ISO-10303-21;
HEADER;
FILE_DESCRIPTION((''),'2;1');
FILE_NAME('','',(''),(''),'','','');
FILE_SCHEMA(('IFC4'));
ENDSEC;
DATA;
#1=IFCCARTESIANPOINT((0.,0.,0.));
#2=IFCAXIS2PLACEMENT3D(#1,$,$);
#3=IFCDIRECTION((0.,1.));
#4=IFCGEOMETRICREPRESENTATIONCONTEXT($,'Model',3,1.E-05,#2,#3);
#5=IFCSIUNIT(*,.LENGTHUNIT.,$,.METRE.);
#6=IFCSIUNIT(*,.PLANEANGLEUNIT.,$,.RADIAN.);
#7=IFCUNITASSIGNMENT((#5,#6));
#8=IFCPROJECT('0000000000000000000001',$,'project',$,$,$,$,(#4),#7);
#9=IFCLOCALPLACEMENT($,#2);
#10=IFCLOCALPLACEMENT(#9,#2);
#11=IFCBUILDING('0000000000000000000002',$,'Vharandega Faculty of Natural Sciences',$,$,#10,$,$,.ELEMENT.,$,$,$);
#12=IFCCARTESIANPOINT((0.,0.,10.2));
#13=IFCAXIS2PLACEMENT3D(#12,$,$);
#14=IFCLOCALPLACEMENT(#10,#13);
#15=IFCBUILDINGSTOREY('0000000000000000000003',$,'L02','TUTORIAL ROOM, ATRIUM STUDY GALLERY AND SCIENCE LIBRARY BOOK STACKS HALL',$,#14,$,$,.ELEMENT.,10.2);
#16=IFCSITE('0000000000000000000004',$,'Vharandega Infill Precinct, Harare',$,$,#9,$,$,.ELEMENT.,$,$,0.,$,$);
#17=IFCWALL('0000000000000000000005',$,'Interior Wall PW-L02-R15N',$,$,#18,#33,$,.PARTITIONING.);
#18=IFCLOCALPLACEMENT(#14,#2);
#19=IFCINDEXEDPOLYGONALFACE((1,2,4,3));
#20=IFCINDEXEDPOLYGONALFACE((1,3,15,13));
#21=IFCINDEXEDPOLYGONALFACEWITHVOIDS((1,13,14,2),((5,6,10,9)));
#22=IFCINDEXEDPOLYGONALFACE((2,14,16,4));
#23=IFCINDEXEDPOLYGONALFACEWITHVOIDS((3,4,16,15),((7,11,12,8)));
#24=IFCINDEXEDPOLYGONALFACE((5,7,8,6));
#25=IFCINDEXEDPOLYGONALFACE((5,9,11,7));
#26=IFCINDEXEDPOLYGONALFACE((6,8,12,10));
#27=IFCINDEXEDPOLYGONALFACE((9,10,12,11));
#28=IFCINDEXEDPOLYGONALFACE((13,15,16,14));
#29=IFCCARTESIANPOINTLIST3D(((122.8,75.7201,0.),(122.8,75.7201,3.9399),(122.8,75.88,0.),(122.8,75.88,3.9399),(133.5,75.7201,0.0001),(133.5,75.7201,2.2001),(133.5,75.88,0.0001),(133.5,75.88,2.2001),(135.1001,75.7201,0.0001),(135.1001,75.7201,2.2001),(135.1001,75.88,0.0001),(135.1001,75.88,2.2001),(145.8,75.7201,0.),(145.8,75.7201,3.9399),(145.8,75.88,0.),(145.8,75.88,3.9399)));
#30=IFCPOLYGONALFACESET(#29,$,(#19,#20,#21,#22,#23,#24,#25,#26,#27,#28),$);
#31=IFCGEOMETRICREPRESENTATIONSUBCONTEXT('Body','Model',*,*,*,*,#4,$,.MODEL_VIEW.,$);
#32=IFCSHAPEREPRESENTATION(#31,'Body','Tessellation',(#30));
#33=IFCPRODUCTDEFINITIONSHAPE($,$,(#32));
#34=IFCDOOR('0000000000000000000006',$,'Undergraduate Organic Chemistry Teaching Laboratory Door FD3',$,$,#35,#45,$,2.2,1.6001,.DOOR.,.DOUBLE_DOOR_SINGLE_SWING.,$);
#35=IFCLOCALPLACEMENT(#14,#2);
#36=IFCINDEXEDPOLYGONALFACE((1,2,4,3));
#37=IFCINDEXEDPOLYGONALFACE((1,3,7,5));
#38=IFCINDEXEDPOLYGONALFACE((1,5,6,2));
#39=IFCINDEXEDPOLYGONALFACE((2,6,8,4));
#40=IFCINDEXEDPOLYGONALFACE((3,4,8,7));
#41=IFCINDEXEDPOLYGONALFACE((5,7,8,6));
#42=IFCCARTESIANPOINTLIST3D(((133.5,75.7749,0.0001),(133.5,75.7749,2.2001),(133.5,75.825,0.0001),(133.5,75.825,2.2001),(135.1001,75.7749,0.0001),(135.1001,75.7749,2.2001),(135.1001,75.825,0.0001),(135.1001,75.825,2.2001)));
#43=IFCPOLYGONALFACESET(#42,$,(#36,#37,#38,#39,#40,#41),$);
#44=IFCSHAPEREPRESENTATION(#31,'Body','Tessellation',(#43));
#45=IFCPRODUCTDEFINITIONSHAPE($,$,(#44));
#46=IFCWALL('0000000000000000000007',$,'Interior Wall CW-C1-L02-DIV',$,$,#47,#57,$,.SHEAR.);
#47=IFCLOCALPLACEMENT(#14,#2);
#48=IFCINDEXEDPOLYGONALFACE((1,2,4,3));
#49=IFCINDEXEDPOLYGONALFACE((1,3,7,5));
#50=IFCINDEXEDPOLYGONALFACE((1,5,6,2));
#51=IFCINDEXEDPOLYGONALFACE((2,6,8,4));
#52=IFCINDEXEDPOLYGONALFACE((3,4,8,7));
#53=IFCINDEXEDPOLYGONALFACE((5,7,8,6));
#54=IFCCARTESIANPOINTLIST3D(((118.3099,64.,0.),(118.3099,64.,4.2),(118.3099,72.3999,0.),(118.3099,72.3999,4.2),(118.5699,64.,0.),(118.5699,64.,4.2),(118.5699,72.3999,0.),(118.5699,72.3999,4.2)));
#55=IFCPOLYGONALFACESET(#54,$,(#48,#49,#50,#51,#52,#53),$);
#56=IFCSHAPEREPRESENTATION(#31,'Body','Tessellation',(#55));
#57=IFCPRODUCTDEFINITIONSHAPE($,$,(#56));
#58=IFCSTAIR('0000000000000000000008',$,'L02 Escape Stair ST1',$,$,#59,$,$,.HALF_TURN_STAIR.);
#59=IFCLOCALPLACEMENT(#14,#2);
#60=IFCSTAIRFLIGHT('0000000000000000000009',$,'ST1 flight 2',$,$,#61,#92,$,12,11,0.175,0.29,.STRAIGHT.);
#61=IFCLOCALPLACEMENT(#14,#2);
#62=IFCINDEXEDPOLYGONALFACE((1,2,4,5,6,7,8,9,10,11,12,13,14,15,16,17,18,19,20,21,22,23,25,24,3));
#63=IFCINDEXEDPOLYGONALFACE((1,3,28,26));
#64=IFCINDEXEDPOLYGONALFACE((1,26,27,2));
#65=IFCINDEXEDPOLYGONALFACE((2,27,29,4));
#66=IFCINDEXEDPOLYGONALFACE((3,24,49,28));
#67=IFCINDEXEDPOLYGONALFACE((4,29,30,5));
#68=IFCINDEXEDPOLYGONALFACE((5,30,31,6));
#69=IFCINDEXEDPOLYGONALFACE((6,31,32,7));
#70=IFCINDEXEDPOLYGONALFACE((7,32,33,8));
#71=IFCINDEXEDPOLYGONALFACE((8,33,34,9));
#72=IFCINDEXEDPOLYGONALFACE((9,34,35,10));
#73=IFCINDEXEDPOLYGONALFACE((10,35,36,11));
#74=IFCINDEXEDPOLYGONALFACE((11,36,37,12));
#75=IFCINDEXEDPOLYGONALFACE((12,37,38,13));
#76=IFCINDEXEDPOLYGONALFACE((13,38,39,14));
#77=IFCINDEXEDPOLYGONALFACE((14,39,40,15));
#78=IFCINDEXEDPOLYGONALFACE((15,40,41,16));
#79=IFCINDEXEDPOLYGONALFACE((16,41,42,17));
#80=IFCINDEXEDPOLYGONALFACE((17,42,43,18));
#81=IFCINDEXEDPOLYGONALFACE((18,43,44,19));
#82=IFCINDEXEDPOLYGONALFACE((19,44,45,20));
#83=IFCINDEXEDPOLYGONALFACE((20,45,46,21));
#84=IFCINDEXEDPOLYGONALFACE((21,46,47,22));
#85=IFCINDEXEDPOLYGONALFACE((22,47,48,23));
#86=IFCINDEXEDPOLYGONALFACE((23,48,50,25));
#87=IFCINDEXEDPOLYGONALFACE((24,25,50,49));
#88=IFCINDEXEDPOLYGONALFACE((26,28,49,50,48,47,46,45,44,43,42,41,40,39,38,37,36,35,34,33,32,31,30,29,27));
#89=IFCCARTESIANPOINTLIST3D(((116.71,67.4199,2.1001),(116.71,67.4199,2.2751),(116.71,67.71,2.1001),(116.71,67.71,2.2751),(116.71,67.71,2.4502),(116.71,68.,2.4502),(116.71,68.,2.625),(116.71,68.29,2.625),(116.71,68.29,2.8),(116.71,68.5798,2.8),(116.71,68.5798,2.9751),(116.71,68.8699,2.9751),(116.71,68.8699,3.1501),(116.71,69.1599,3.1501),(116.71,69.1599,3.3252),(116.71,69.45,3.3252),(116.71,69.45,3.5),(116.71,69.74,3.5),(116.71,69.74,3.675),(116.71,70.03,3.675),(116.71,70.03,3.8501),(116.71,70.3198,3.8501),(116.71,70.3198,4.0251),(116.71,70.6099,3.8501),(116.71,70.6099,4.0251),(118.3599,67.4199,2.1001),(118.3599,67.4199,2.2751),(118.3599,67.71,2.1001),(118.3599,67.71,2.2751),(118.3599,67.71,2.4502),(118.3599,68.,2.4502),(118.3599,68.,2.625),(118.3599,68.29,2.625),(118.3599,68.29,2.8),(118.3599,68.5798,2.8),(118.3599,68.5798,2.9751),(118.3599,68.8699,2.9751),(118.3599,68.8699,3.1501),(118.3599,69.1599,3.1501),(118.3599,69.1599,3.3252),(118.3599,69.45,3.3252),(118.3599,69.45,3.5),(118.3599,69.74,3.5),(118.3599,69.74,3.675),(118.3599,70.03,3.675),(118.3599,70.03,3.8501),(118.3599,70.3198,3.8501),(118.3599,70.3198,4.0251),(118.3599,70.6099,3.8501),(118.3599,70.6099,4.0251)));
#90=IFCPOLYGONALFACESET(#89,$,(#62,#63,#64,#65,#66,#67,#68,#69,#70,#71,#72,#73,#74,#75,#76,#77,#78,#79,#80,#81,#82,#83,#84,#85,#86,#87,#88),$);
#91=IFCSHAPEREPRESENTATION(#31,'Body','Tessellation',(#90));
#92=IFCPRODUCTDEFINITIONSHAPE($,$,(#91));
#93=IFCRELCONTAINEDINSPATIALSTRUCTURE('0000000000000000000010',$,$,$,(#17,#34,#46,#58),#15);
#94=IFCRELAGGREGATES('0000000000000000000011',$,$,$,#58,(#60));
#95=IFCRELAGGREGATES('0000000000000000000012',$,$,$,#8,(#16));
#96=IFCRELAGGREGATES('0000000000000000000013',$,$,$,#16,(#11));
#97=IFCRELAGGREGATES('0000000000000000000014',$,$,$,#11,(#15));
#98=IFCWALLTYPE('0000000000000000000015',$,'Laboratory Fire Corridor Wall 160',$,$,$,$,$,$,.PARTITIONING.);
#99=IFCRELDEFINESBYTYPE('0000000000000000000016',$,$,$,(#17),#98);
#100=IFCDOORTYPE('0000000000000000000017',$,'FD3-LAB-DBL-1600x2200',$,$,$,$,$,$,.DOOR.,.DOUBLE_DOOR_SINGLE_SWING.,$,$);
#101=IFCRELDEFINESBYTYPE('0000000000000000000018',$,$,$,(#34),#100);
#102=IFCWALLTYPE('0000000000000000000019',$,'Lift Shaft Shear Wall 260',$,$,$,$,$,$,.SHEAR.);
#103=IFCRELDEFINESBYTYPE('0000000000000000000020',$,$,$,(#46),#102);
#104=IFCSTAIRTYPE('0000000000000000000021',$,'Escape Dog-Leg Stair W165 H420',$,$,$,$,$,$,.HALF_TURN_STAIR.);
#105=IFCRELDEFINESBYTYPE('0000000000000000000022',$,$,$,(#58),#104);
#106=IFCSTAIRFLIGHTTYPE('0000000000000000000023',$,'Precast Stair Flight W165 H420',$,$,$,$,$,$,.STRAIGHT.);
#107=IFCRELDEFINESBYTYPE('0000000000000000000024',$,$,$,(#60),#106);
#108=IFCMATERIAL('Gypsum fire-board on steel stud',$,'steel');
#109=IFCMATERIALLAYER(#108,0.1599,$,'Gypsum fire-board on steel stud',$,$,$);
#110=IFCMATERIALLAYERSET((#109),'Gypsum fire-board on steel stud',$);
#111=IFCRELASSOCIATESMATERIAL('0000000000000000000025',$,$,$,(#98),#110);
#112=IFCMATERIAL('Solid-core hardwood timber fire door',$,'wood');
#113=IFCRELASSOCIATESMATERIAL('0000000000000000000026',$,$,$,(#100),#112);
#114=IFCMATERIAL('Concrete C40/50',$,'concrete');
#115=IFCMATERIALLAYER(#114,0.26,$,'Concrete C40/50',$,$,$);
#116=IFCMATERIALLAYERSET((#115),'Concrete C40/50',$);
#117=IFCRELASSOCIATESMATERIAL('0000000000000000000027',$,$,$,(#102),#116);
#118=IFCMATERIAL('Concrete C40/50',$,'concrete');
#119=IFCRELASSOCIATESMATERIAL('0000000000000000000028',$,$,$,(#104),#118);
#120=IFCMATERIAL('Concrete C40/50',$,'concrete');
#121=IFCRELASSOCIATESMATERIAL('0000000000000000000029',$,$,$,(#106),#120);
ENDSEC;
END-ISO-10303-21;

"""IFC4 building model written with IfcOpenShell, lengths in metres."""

from ifc_helpers import new_model, si_unit, direction, frame, frame_2d, origin, place, context, subcontext, project, spatial, polyline, rectangle, outline, extrude, material, layer, layer_set, type_object, element, fill, aggregate, save


model = new_model("IFC4")

# Units and contexts
model_context = context("Model", 3, precision=1e-05, world=origin(), true_north=direction((0.0, 1.0)))
body_context = subcontext(model_context, "Body", "Model", "MODEL_VIEW")
ifc_project = project(units=[si_unit("LENGTHUNIT", "METRE"), si_unit("PLANEANGLEUNIT", "RADIAN")], contexts=[model_context])

# Site, building, storey
site_placement = place(None, origin())
site = spatial("IfcSite", under=ifc_project, at=site_placement, Name="Vharandega Infill Precinct, Harare", CompositionType="ELEMENT", RefElevation=0.0)
building_placement = place(site_placement, origin())
building = spatial("IfcBuilding", under=site, at=building_placement, Name="Vharandega Faculty of Natural Sciences", CompositionType="ELEMENT")
storey_placement = place(building_placement, frame((0.0, 0.0, 10.2)))
storey = spatial("IfcBuildingStorey", under=building, at=storey_placement, Name="L02", Description="TUTORIAL ROOM, ATRIUM STUDY GALLERY AND SCIENCE LIBRARY BOOK STACKS HALL", CompositionType="ELEMENT", Elevation=10.2)

# Wall, opening, door
ifc_material_1 = material(Name="Gypsum fire-board on steel stud", Category="steel")
ifc_layer_1 = layer(ifc_material_1, 0.1599, Name="Gypsum fire-board on steel stud")
ifc_layer_set_1 = layer_set([ifc_layer_1], Name="Gypsum fire-board on steel stud")
wall_type_1 = type_object("IfcWallType", Name="Laboratory Fire Corridor Wall 160", PredefinedType="PARTITIONING", material=ifc_layer_set_1)
wall_1_placement = place(storey_placement, frame((122.8, 75.8, 0.0), z_axis=(0.0, 0.0, 1.0), x_axis=(1.0, 0.0, 0.0)))
wall_1 = element("IfcWall", 1, at=wall_1_placement, inside=storey, type_object=wall_type_1, Name="Interior Wall PW-L02-R15N", PredefinedType="PARTITIONING", context=body_context, shape_type="SweptSolid", body=[
    extrude(rectangle(XDim=23.0, YDim=0.1599, at=frame_2d((11.5, 0.0))), origin(), (0.0, 0.0, 1.0), 3.9399),
])
opening_1_placement = place(wall_1_placement, frame((10.7, 0.0, 0.0)))
opening_1 = element("IfcOpeningElement", 2, at=opening_1_placement, cuts=wall_1, PredefinedType="OPENING", context=body_context, shape_type="SweptSolid", body=[
    extrude(rectangle(XDim=1.6001, YDim=2.2, at=frame_2d((0.8, 1.1001))), frame((0.0, 0.0898, 0.0), z_axis=(0.0, -1.0, 0.0), x_axis=(1.0, 0.0, 0.0)), (0.0, 0.0, 1.0), 0.1799),
])
ifc_material_2 = material(Name="Solid-core hardwood timber fire door", Category="wood")
door_type_1 = type_object("IfcDoorType", Name="FD3-LAB-DBL-1600x2200", OperationType="DOUBLE_DOOR_SINGLE_SWING", PredefinedType="DOOR", material=ifc_material_2)
door_1_placement = place(opening_1_placement, origin())
door_1 = element("IfcDoor", 3, at=door_1_placement, inside=storey, type_object=door_type_1, Name="Undergraduate Organic Chemistry Teaching Laboratory Door FD3", OperationType="DOUBLE_DOOR_SINGLE_SWING", OverallHeight=2.2, OverallWidth=1.6001, PredefinedType="DOOR", context=body_context, shape_type="SweptSolid", body=[
    extrude(rectangle(XDim=1.6001, YDim=2.2, at=frame_2d((0.8, 1.1001))), frame((0.0, 0.0249, 0.0), z_axis=(0.0, -1.0, 0.0), x_axis=(1.0, 0.0, 0.0)), (0.0, 0.0, 1.0), 0.05),
])
fill(opening_1, door_1)

# Wall
ifc_material_3 = material(Name="Concrete C40/50", Category="concrete")
ifc_layer_2 = layer(ifc_material_3, 0.26, Name="Concrete C40/50")
ifc_layer_set_2 = layer_set([ifc_layer_2], Name="Concrete C40/50")
wall_type_2 = type_object("IfcWallType", Name="Lift Shaft Shear Wall 260", PredefinedType="SHEAR", material=ifc_layer_set_2)
wall_2_placement = place(storey_placement, frame((118.4399, 64.0, 0.0), z_axis=(0.0, 0.0, 1.0), x_axis=(0.0, 1.0, 0.0)))
element("IfcWall", 4, at=wall_2_placement, inside=storey, type_object=wall_type_2, Name="Interior Wall CW-C1-L02-DIV", PredefinedType="SHEAR", context=body_context, shape_type="SweptSolid", body=[
    extrude(rectangle(XDim=8.3999, YDim=0.26, at=frame_2d((4.2, 0.0))), origin(), (0.0, 0.0, 1.0), 4.2),
])

# Stair, stair flight
ifc_material_4 = material(Name="Concrete C40/50", Category="concrete")
stair_type = type_object("IfcStairType", Name="Escape Dog-Leg Stair W165 H420", PredefinedType="HALF_TURN_STAIR", material=ifc_material_4)
stair_placement = place(storey_placement, origin())
stair = element("IfcStair", 5, at=stair_placement, inside=storey, type_object=stair_type, Name="L02 Escape Stair ST1", PredefinedType="HALF_TURN_STAIR")
ifc_material_5 = material(Name="Concrete C40/50", Category="concrete")
stair_flight_type = type_object("IfcStairFlightType", Name="Precast Stair Flight W165 H420", PredefinedType="STRAIGHT", material=ifc_material_5)
stair_flight_placement = place(storey_placement, frame((117.5349, 67.4199, 2.1001), z_axis=(0.0, 0.0, 1.0), x_axis=(0.0, 1.0, 0.0)))
stair_flight = element("IfcStairFlight", 6, at=stair_flight_placement, type_object=stair_flight_type, Name="ST1 flight 2", NumberOfRisers=12, NumberOfTreads=11, PredefinedType="STRAIGHT", RiserHeight=0.175, TreadLength=0.29, context=body_context, shape_type="SweptSolid", body=[
    extrude(outline(polyline([(0.0, 0.0), (0.0, 0.175), (0.29, 0.175), (0.29, 0.3501), (0.5801, 0.3501), (0.5801, 0.5249), (0.8701, 0.5249), (0.8701, 0.7), (1.1599, 0.7), (1.1599, 0.875), (1.45, 0.875), (1.45, 1.05), (1.74, 1.05), (1.74, 1.2251), (2.03, 1.2251), (2.03, 1.3999), (2.3201, 1.3999), (2.3201, 1.575), (2.6101, 1.575), (2.6101, 1.75), (2.8999, 1.75), (2.8999, 1.925), (3.1899, 1.925), (3.1899, 2.1001), (3.1899, 1.75), (0.29, 0.0), (0.0, 0.0)])), frame((0.0, 0.825, 0.0), z_axis=(0.0, -1.0, 0.0), x_axis=(1.0, 0.0, 0.0)), (0.0, 0.0, 1.0), 1.6499),
])
aggregate(stair, [stair_flight])

save(model, "model.ifc")
